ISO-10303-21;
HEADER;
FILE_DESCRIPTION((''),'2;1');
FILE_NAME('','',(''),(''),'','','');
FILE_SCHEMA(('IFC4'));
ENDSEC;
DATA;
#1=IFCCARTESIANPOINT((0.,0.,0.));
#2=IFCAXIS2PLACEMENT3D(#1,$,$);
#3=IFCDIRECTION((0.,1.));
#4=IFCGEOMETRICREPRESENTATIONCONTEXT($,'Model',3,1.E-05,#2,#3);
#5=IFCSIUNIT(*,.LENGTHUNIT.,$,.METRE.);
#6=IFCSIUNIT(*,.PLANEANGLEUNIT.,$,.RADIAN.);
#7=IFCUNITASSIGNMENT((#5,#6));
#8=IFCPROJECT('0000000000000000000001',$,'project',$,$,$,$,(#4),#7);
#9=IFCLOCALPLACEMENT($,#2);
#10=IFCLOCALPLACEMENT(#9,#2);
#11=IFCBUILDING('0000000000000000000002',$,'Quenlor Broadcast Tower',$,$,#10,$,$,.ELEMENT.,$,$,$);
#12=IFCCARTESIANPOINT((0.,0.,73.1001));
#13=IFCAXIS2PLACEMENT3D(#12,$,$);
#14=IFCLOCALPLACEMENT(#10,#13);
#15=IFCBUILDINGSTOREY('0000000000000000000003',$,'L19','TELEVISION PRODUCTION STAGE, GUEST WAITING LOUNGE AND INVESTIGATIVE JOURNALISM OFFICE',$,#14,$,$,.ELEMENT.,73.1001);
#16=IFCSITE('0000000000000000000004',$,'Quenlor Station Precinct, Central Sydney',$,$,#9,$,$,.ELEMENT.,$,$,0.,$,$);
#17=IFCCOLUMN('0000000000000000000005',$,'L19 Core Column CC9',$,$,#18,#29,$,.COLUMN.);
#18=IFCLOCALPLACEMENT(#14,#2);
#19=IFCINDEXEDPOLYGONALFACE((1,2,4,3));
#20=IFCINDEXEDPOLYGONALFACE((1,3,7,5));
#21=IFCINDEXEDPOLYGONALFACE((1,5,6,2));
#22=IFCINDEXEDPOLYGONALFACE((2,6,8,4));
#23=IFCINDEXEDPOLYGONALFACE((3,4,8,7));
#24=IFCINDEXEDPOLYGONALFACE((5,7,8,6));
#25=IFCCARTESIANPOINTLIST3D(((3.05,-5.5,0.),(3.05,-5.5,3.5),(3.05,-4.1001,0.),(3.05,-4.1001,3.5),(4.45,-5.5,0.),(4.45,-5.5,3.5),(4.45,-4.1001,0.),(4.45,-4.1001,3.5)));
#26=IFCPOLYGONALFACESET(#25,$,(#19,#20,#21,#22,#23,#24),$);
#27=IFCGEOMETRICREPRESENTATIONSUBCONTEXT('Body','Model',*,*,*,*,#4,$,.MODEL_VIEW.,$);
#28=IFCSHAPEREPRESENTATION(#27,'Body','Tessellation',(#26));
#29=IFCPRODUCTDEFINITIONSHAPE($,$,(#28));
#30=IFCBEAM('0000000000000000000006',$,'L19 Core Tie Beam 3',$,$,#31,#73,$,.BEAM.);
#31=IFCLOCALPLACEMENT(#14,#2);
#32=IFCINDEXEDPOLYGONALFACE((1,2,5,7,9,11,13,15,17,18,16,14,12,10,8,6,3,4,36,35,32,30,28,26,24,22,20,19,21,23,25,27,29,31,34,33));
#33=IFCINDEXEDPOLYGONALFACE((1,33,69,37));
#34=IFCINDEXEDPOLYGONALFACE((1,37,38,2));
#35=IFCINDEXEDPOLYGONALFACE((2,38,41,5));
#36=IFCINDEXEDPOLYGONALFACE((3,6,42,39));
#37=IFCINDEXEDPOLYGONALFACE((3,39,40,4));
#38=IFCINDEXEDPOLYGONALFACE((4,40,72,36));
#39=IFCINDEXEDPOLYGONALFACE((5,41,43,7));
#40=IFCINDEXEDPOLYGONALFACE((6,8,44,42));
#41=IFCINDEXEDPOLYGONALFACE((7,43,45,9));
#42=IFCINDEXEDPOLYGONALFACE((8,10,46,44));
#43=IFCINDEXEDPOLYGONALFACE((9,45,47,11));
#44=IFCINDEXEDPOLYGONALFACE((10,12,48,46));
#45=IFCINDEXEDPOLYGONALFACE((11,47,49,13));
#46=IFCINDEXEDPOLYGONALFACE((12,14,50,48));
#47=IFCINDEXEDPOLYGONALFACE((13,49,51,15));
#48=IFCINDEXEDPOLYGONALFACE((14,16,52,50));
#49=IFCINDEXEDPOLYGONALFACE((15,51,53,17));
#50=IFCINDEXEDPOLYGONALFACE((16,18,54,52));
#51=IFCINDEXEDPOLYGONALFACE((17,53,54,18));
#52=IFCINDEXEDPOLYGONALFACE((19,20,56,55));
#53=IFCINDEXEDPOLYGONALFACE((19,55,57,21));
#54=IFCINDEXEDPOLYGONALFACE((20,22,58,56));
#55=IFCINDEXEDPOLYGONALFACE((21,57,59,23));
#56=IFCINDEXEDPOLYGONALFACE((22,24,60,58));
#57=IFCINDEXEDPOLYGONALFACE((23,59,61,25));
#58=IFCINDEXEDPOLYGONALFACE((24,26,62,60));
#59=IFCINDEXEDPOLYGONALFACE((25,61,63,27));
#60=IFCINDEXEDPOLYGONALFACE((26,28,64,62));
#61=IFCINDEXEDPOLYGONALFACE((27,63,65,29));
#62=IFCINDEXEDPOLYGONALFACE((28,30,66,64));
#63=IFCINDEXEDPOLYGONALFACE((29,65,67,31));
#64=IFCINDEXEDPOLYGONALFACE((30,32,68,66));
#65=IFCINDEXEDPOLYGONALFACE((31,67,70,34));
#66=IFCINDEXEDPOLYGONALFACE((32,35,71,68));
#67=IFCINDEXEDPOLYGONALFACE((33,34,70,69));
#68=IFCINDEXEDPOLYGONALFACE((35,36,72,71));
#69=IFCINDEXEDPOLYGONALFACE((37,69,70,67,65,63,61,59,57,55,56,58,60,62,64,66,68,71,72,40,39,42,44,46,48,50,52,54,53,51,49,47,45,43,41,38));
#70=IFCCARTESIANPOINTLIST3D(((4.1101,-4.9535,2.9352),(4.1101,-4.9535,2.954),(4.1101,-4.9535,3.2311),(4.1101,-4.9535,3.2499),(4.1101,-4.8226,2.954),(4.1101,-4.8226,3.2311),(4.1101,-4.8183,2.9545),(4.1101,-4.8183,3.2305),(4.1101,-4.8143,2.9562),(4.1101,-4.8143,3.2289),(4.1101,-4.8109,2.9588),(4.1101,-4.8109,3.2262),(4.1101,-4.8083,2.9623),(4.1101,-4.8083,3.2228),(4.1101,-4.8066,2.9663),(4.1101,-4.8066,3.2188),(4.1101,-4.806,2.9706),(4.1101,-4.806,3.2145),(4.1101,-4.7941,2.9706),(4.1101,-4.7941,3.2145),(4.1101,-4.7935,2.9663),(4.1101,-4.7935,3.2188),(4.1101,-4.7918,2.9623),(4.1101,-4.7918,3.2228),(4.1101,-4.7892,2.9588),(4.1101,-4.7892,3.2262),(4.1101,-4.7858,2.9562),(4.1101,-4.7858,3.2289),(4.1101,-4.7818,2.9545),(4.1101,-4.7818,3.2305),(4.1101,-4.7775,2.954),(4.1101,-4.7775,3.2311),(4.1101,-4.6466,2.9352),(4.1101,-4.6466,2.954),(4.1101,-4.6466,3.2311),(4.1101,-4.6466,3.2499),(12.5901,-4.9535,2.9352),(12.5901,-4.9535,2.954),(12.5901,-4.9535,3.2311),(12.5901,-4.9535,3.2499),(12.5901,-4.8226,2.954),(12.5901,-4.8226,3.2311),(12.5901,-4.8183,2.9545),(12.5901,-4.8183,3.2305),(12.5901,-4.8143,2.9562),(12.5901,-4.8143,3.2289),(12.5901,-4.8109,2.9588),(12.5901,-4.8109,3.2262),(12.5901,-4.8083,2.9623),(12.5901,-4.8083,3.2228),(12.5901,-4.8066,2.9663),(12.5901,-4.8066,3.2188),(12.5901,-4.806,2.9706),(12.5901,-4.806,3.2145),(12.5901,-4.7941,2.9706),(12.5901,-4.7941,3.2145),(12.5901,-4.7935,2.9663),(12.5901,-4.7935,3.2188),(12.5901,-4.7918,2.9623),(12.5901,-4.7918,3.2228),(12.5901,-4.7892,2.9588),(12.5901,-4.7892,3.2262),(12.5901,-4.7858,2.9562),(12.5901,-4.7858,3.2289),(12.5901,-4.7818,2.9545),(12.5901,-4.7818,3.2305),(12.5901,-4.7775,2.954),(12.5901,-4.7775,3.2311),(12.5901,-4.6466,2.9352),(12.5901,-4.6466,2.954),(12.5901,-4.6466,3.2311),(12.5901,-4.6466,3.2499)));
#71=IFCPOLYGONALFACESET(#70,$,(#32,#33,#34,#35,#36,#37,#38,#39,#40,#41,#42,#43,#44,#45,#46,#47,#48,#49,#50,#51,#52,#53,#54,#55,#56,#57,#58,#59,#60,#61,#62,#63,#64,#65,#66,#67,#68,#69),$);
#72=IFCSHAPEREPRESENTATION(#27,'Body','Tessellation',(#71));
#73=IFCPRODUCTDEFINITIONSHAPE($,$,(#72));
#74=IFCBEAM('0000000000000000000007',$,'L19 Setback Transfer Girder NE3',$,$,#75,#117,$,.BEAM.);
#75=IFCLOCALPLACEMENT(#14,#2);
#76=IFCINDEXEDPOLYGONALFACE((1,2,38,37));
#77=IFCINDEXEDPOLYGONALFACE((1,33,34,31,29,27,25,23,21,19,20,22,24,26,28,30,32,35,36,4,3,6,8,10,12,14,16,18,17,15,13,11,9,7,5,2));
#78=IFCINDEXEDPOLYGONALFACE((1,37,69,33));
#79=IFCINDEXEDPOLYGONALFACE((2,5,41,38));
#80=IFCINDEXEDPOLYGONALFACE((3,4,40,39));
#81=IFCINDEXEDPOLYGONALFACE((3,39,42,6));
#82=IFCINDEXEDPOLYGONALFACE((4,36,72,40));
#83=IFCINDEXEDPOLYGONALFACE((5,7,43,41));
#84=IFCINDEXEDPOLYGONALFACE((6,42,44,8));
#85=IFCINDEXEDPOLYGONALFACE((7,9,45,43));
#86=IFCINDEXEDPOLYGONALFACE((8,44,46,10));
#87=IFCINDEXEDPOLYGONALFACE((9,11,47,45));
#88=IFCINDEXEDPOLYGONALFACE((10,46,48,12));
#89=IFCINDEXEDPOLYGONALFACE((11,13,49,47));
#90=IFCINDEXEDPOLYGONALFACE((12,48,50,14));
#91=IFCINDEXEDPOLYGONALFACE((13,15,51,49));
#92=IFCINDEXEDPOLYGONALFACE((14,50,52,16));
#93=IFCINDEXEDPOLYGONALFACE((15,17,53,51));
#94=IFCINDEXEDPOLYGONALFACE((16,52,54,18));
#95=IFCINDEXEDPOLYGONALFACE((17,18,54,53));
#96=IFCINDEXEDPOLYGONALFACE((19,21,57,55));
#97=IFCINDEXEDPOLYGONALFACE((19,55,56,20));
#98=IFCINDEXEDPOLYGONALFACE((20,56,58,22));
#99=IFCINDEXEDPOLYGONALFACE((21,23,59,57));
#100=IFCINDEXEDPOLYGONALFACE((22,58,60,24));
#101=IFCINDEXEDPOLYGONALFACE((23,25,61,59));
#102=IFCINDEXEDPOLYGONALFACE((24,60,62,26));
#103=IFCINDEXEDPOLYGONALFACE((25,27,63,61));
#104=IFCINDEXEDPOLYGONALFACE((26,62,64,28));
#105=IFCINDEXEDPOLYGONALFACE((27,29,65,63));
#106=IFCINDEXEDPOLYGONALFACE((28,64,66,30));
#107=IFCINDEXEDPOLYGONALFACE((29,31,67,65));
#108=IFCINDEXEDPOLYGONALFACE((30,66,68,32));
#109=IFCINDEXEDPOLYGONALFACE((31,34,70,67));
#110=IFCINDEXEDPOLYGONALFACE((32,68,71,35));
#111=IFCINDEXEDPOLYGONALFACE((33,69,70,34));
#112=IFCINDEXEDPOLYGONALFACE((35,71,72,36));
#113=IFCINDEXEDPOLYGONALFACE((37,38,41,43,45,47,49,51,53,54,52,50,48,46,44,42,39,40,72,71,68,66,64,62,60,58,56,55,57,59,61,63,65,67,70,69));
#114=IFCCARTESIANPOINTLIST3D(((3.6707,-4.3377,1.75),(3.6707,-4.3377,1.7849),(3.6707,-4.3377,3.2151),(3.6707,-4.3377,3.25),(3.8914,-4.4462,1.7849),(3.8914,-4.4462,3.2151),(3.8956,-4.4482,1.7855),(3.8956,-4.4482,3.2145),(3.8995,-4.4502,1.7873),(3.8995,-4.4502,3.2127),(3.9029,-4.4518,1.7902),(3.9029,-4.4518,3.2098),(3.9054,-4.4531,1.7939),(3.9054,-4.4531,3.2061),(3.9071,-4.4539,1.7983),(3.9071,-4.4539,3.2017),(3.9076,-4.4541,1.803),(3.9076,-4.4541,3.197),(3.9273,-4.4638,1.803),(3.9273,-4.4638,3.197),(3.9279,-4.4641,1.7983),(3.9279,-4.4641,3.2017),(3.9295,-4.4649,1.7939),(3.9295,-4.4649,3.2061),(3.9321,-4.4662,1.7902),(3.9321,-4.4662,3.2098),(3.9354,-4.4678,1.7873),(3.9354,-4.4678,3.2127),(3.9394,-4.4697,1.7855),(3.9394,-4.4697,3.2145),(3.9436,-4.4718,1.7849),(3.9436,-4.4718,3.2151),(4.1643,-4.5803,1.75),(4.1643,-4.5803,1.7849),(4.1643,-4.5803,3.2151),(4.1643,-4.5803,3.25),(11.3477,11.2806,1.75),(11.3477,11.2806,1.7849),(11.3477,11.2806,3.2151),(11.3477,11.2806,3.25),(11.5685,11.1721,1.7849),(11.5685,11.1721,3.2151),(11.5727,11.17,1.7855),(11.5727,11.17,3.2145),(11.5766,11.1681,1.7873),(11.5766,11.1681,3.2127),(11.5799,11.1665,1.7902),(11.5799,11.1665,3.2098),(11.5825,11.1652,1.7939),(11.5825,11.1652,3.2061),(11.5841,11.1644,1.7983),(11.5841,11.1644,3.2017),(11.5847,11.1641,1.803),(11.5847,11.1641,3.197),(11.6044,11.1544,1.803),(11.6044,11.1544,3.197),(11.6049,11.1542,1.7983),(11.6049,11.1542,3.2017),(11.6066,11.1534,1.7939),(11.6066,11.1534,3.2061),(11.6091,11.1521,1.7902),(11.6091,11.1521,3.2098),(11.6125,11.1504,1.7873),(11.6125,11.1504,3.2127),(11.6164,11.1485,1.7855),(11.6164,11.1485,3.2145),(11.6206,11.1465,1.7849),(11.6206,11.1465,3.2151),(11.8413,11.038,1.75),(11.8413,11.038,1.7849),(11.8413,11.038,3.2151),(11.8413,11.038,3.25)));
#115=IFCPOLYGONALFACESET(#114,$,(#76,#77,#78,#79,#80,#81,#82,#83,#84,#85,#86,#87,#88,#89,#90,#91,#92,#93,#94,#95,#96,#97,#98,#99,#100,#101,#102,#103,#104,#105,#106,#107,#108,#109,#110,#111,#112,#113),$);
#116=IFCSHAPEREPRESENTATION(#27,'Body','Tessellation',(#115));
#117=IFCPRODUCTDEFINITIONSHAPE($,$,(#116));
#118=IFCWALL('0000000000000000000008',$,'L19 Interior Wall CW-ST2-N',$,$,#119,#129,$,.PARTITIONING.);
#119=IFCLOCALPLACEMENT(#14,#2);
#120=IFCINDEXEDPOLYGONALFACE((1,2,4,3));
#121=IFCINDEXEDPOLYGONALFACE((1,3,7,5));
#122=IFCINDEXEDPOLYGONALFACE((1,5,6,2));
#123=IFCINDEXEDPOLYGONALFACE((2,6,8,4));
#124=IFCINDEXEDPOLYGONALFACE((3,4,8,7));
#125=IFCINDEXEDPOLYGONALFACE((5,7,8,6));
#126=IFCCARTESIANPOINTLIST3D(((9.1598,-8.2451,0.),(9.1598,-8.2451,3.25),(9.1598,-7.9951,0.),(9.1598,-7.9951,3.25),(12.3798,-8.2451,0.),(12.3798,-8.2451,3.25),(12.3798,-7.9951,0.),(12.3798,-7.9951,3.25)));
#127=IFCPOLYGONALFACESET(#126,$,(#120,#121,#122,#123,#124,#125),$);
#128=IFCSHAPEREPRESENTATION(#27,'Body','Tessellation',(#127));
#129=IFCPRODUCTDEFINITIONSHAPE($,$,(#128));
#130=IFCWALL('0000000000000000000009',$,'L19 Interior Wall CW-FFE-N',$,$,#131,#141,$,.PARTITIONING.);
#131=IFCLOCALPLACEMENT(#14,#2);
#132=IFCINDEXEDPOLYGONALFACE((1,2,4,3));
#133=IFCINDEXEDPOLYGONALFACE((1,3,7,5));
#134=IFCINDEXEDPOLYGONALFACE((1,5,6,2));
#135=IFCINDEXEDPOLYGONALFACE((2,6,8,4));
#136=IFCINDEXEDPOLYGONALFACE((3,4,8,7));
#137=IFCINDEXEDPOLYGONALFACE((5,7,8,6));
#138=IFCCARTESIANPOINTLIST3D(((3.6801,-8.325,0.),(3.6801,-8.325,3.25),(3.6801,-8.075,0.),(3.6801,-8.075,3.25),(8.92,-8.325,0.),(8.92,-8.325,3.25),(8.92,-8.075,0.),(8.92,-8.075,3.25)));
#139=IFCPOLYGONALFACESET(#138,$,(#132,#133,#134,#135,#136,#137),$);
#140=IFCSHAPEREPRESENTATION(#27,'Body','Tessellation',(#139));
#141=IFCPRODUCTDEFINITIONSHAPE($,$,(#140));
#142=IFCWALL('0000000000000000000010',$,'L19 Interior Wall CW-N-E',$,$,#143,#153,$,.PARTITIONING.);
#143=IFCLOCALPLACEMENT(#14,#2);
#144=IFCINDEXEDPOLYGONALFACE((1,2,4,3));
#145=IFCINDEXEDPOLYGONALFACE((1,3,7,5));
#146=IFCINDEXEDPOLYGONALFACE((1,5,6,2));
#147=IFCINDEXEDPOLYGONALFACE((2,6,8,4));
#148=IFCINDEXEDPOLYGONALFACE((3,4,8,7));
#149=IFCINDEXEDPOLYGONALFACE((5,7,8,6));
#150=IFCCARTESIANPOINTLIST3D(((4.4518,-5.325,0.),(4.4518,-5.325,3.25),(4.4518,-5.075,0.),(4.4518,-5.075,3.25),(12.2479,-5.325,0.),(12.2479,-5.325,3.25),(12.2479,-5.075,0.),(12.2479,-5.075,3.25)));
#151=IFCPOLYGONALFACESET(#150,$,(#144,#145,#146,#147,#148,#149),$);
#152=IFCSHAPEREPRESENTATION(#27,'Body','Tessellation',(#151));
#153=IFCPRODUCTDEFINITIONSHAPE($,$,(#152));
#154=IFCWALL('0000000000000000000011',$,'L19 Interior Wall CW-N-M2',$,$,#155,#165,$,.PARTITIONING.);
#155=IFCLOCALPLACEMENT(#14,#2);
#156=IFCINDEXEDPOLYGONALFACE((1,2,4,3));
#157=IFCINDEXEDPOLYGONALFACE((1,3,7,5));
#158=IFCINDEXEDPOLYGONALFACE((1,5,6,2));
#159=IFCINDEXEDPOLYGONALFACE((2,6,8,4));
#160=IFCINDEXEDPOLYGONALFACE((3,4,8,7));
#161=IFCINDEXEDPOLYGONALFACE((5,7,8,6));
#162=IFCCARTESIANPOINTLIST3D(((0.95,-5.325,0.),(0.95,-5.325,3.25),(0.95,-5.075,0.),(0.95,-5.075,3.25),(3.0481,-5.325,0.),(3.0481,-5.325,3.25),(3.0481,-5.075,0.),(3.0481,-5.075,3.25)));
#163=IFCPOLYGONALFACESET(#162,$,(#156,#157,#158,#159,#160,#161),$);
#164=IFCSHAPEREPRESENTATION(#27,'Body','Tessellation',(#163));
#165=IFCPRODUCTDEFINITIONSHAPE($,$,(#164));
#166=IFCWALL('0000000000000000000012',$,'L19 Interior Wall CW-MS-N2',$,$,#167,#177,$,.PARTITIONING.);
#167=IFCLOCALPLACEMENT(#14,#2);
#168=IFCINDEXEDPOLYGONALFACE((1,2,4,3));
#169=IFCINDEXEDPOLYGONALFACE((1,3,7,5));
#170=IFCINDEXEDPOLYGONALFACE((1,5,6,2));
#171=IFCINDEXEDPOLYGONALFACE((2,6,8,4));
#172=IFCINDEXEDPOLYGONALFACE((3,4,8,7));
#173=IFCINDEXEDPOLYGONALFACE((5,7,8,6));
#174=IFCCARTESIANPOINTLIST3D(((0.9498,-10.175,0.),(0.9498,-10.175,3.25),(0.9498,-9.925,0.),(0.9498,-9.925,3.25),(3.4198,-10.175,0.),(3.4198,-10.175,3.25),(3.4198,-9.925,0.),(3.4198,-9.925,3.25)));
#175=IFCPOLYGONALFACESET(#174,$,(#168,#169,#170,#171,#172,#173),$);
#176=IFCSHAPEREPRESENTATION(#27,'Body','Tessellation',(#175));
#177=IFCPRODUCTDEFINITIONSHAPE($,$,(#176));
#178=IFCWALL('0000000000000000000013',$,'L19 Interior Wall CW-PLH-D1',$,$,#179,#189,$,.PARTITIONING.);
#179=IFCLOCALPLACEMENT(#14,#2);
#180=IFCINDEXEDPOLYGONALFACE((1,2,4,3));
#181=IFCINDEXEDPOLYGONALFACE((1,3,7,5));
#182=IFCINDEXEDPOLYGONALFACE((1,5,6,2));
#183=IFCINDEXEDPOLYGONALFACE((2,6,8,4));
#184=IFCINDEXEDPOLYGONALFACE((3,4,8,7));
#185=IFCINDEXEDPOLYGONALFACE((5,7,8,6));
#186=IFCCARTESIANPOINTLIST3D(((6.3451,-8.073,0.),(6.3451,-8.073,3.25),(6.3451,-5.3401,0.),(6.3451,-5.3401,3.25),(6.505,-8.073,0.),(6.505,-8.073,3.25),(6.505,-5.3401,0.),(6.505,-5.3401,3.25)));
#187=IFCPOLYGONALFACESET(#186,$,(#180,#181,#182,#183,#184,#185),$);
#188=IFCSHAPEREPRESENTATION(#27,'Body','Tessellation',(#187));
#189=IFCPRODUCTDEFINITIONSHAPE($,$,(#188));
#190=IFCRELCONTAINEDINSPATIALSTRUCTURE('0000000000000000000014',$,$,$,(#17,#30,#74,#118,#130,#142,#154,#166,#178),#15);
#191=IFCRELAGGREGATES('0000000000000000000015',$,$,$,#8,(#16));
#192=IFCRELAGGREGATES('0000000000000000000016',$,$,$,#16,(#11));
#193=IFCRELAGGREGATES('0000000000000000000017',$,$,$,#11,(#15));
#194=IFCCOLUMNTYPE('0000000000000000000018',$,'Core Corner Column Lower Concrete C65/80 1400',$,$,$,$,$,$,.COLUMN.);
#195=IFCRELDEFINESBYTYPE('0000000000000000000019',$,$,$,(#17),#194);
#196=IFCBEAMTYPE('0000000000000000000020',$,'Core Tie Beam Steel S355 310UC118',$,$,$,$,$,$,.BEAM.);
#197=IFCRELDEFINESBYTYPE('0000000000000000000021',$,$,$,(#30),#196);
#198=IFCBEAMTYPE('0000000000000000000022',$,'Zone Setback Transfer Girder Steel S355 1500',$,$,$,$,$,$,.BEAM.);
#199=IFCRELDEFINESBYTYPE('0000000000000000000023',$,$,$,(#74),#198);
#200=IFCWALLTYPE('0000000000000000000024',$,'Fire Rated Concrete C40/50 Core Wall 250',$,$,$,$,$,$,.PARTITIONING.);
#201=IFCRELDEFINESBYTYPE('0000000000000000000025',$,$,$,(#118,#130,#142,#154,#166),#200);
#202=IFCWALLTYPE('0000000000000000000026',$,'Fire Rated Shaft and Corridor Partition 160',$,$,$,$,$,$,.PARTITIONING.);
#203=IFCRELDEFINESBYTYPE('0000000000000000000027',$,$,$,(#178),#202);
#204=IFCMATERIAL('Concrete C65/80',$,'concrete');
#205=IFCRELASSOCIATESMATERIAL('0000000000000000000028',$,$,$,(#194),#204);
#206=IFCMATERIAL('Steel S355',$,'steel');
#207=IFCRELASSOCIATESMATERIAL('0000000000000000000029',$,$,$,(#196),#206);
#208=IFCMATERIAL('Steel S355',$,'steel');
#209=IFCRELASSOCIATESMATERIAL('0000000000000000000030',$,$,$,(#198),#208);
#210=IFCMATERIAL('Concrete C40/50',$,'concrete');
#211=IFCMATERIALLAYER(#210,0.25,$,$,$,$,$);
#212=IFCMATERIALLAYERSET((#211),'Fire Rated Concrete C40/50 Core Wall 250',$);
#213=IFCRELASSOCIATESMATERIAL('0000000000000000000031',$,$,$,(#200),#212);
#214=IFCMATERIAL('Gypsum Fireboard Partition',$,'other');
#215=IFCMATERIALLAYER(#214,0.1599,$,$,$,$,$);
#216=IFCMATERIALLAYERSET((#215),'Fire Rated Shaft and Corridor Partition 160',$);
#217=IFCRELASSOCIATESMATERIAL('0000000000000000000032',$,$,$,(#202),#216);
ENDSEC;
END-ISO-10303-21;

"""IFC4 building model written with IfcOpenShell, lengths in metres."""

from ifc_helpers import new_model, si_unit, direction, frame, frame_2d, origin, origin_2d, place, context, subcontext, project, spatial, rectangle, i_section, extrude, material, layer, layer_set, material_profile, profile_set, type_object, element, save


model = new_model("IFC4")

# Units and contexts
model_context = context("Model", 3, precision=1e-05, world=origin(), true_north=direction((0.0, 1.0)))
body_context = subcontext(model_context, "Body", "Model", "MODEL_VIEW")
ifc_project = project(units=[si_unit("LENGTHUNIT", "METRE"), si_unit("PLANEANGLEUNIT", "RADIAN")], contexts=[model_context])

# Site, building, storey
site_placement = place(None, origin())
site = spatial("IfcSite", under=ifc_project, at=site_placement, Name="Quenlor Station Precinct, Central Sydney", CompositionType="ELEMENT", RefElevation=0.0)
building_placement = place(site_placement, origin())
building = spatial("IfcBuilding", under=site, at=building_placement, Name="Quenlor Broadcast Tower", CompositionType="ELEMENT")
storey_placement = place(building_placement, frame((0.0, 0.0, 73.1001)))
storey = spatial("IfcBuildingStorey", under=building, at=storey_placement, Name="L19", Description="TELEVISION PRODUCTION STAGE, GUEST WAITING LOUNGE AND INVESTIGATIVE JOURNALISM OFFICE", CompositionType="ELEMENT", Elevation=73.1001)

# Column
ifc_material_1 = material(Name="Concrete C65/80", Category="concrete")
ifc_material_profile_1 = material_profile(ifc_material_1, rectangle(XDim=1.3999, YDim=1.3999, at=origin_2d()))
ifc_profile_set_1 = profile_set([ifc_material_profile_1], Name="Concrete C65/80 RC1400x1400")
column_type = type_object("IfcColumnType", Name="Core Corner Column Lower Concrete C65/80 1400", PredefinedType="COLUMN", material=ifc_profile_set_1)
column_placement = place(storey_placement, frame((3.75, -4.8, 0.0), z_axis=(0.0, 0.0, 1.0), x_axis=(1.0, 0.0, 0.0)))
element("IfcColumn", 1, at=column_placement, inside=storey, type_object=column_type, Name="L19 Core Column CC9", PredefinedType="COLUMN", context=body_context, shape_type="SweptSolid", body=[
    extrude(rectangle(XDim=1.3999, YDim=1.3999, at=origin_2d()), origin(), (0.0, 0.0, 1.0), 3.5),
])

# Beams
ifc_material_2 = material(Name="Steel S355", Category="steel")
ifc_material_profile_2 = material_profile(ifc_material_2, i_section(OverallWidth=0.3069, OverallDepth=0.3147, WebThickness=0.012, FlangeThickness=0.0188, FilletRadius=0.0166, at=origin_2d()))
ifc_profile_set_2 = profile_set([ifc_material_profile_2], Name="Steel S355 310UC118")
beam_type_1 = type_object("IfcBeamType", Name="Core Tie Beam Steel S355 310UC118", PredefinedType="BEAM", material=ifc_profile_set_2)
beam_1_placement = place(storey_placement, frame((4.1101, -4.8, 3.0925), z_axis=(1.0, 0.0, 0.0), x_axis=(0.0, 1.0, 0.0)))
element("IfcBeam", 2, at=beam_1_placement, inside=storey, type_object=beam_type_1, Name="L19 Core Tie Beam 3", PredefinedType="BEAM", context=body_context, shape_type="SweptSolid", body=[
    extrude(i_section(OverallWidth=0.3069, OverallDepth=0.3147, WebThickness=0.012, FlangeThickness=0.0188, FilletRadius=0.0166, at=origin_2d()), origin(), (0.0, 0.0, 1.0), 8.48),
])
ifc_material_3 = material(Name="Steel S355", Category="steel")
ifc_material_profile_3 = material_profile(ifc_material_3, i_section(OverallWidth=0.55, OverallDepth=1.5, WebThickness=0.022, FlangeThickness=0.0349, FilletRadius=0.0181, at=origin_2d()))
ifc_profile_set_3 = profile_set([ifc_material_profile_3], Name="Steel S355 1500TG510")
beam_type_2 = type_object("IfcBeamType", Name="Zone Setback Transfer Girder Steel S355 1500", PredefinedType="BEAM", material=ifc_profile_set_3)
beam_2_placement = place(storey_placement, frame((3.9175, -4.459, 2.5), z_axis=(0.441132, 0.897442, 0.0), x_axis=(-0.897442, 0.441132, 0.0)))
element("IfcBeam", 3, at=beam_2_placement, inside=storey, type_object=beam_type_2, Name="L19 Setback Transfer Girder NE3", PredefinedType="BEAM", context=body_context, shape_type="SweptSolid", body=[
    extrude(i_section(OverallWidth=0.55, OverallDepth=1.5, WebThickness=0.022, FlangeThickness=0.0349, FilletRadius=0.0181, at=origin_2d()), origin(), (0.0, 0.0, 1.0), 17.4031),
])

# Shared definitions
ifc_material_4 = material(Name="Concrete C40/50", Category="concrete")
ifc_layer_1 = layer(ifc_material_4, 0.25)
ifc_layer_set_1 = layer_set([ifc_layer_1], Name="Fire Rated Concrete C40/50 Core Wall 250")
wall_type_1 = type_object("IfcWallType", Name="Fire Rated Concrete C40/50 Core Wall 250", PredefinedType="PARTITIONING", material=ifc_layer_set_1)

# Walls
wall_1_placement = place(storey_placement, frame((9.1599, -8.1201, 0.0), z_axis=(0.0, 0.0, 1.0), x_axis=(1.0, 0.0, 0.0)))
element("IfcWall", 4, at=wall_1_placement, inside=storey, type_object=wall_type_1, Name="L19 Interior Wall CW-ST2-N", PredefinedType="PARTITIONING", context=body_context, shape_type="SweptSolid", body=[
    extrude(rectangle(XDim=3.22, YDim=0.25, at=frame_2d((1.6099, 0.0))), origin(), (0.0, 0.0, 1.0), 3.25),
])
wall_2_placement = place(storey_placement, frame((3.6799, -8.2, 0.0), z_axis=(0.0, 0.0, 1.0), x_axis=(1.0, 0.0, 0.0)))
element("IfcWall", 5, at=wall_2_placement, inside=storey, type_object=wall_type_1, Name="L19 Interior Wall CW-FFE-N", PredefinedType="PARTITIONING", context=body_context, shape_type="SweptSolid", body=[
    extrude(rectangle(XDim=5.24, YDim=0.25, at=frame_2d((2.6201, 0.0))), origin(), (0.0, 0.0, 1.0), 3.25),
])
wall_3_placement = place(storey_placement, frame((4.4519, -5.2, 0.0), z_axis=(0.0, 0.0, 1.0), x_axis=(1.0, 0.0, 0.0)))
element("IfcWall", 6, at=wall_3_placement, inside=storey, type_object=wall_type_1, Name="L19 Interior Wall CW-N-E", PredefinedType="PARTITIONING", context=body_context, shape_type="SweptSolid", body=[
    extrude(rectangle(XDim=7.7961, YDim=0.25, at=frame_2d((3.8979, 0.0))), origin(), (0.0, 0.0, 1.0), 3.25),
])
wall_4_placement = place(storey_placement, frame((0.95, -5.2, 0.0), z_axis=(0.0, 0.0, 1.0), x_axis=(1.0, 0.0, 0.0)))
element("IfcWall", 7, at=wall_4_placement, inside=storey, type_object=wall_type_1, Name="L19 Interior Wall CW-N-M2", PredefinedType="PARTITIONING", context=body_context, shape_type="SweptSolid", body=[
    extrude(rectangle(XDim=2.0981, YDim=0.25, at=frame_2d((1.0491, 0.0))), origin(), (0.0, 0.0, 1.0), 3.25),
])
wall_5_placement = place(storey_placement, frame((0.95, -10.05, 0.0), z_axis=(0.0, 0.0, 1.0), x_axis=(1.0, 0.0, 0.0)))
element("IfcWall", 8, at=wall_5_placement, inside=storey, type_object=wall_type_1, Name="L19 Interior Wall CW-MS-N2", PredefinedType="PARTITIONING", context=body_context, shape_type="SweptSolid", body=[
    extrude(rectangle(XDim=2.47, YDim=0.25, at=frame_2d((1.2349, 0.0))), origin(), (0.0, 0.0, 1.0), 3.25),
])
ifc_material_5 = material(Name="Gypsum Fireboard Partition", Category="other")
ifc_layer_2 = layer(ifc_material_5, 0.1599)
ifc_layer_set_2 = layer_set([ifc_layer_2], Name="Fire Rated Shaft and Corridor Partition 160")
wall_type_2 = type_object("IfcWallType", Name="Fire Rated Shaft and Corridor Partition 160", PredefinedType="PARTITIONING", material=ifc_layer_set_2)
for number, where, z_axis, x_axis, name in (
    (9, (6.425, -8.073, 0.0), (0.0, 0.0, 1.0), (0.0, 1.0, 0.0), "L19 Interior Wall CW-PLH-D1"),
):
    element("IfcWall", number, at=place(storey_placement, frame(where, z_axis=z_axis, x_axis=x_axis)), inside=storey, type_object=wall_type_2, Name=name, PredefinedType="PARTITIONING", context=body_context, shape_type="SweptSolid", body=[
        extrude(rectangle(XDim=2.7329, YDim=0.1599, at=frame_2d((1.3665, 0.0))), origin(), (0.0, 0.0, 1.0), 3.25),
    ])

save(model, "model.ifc")
